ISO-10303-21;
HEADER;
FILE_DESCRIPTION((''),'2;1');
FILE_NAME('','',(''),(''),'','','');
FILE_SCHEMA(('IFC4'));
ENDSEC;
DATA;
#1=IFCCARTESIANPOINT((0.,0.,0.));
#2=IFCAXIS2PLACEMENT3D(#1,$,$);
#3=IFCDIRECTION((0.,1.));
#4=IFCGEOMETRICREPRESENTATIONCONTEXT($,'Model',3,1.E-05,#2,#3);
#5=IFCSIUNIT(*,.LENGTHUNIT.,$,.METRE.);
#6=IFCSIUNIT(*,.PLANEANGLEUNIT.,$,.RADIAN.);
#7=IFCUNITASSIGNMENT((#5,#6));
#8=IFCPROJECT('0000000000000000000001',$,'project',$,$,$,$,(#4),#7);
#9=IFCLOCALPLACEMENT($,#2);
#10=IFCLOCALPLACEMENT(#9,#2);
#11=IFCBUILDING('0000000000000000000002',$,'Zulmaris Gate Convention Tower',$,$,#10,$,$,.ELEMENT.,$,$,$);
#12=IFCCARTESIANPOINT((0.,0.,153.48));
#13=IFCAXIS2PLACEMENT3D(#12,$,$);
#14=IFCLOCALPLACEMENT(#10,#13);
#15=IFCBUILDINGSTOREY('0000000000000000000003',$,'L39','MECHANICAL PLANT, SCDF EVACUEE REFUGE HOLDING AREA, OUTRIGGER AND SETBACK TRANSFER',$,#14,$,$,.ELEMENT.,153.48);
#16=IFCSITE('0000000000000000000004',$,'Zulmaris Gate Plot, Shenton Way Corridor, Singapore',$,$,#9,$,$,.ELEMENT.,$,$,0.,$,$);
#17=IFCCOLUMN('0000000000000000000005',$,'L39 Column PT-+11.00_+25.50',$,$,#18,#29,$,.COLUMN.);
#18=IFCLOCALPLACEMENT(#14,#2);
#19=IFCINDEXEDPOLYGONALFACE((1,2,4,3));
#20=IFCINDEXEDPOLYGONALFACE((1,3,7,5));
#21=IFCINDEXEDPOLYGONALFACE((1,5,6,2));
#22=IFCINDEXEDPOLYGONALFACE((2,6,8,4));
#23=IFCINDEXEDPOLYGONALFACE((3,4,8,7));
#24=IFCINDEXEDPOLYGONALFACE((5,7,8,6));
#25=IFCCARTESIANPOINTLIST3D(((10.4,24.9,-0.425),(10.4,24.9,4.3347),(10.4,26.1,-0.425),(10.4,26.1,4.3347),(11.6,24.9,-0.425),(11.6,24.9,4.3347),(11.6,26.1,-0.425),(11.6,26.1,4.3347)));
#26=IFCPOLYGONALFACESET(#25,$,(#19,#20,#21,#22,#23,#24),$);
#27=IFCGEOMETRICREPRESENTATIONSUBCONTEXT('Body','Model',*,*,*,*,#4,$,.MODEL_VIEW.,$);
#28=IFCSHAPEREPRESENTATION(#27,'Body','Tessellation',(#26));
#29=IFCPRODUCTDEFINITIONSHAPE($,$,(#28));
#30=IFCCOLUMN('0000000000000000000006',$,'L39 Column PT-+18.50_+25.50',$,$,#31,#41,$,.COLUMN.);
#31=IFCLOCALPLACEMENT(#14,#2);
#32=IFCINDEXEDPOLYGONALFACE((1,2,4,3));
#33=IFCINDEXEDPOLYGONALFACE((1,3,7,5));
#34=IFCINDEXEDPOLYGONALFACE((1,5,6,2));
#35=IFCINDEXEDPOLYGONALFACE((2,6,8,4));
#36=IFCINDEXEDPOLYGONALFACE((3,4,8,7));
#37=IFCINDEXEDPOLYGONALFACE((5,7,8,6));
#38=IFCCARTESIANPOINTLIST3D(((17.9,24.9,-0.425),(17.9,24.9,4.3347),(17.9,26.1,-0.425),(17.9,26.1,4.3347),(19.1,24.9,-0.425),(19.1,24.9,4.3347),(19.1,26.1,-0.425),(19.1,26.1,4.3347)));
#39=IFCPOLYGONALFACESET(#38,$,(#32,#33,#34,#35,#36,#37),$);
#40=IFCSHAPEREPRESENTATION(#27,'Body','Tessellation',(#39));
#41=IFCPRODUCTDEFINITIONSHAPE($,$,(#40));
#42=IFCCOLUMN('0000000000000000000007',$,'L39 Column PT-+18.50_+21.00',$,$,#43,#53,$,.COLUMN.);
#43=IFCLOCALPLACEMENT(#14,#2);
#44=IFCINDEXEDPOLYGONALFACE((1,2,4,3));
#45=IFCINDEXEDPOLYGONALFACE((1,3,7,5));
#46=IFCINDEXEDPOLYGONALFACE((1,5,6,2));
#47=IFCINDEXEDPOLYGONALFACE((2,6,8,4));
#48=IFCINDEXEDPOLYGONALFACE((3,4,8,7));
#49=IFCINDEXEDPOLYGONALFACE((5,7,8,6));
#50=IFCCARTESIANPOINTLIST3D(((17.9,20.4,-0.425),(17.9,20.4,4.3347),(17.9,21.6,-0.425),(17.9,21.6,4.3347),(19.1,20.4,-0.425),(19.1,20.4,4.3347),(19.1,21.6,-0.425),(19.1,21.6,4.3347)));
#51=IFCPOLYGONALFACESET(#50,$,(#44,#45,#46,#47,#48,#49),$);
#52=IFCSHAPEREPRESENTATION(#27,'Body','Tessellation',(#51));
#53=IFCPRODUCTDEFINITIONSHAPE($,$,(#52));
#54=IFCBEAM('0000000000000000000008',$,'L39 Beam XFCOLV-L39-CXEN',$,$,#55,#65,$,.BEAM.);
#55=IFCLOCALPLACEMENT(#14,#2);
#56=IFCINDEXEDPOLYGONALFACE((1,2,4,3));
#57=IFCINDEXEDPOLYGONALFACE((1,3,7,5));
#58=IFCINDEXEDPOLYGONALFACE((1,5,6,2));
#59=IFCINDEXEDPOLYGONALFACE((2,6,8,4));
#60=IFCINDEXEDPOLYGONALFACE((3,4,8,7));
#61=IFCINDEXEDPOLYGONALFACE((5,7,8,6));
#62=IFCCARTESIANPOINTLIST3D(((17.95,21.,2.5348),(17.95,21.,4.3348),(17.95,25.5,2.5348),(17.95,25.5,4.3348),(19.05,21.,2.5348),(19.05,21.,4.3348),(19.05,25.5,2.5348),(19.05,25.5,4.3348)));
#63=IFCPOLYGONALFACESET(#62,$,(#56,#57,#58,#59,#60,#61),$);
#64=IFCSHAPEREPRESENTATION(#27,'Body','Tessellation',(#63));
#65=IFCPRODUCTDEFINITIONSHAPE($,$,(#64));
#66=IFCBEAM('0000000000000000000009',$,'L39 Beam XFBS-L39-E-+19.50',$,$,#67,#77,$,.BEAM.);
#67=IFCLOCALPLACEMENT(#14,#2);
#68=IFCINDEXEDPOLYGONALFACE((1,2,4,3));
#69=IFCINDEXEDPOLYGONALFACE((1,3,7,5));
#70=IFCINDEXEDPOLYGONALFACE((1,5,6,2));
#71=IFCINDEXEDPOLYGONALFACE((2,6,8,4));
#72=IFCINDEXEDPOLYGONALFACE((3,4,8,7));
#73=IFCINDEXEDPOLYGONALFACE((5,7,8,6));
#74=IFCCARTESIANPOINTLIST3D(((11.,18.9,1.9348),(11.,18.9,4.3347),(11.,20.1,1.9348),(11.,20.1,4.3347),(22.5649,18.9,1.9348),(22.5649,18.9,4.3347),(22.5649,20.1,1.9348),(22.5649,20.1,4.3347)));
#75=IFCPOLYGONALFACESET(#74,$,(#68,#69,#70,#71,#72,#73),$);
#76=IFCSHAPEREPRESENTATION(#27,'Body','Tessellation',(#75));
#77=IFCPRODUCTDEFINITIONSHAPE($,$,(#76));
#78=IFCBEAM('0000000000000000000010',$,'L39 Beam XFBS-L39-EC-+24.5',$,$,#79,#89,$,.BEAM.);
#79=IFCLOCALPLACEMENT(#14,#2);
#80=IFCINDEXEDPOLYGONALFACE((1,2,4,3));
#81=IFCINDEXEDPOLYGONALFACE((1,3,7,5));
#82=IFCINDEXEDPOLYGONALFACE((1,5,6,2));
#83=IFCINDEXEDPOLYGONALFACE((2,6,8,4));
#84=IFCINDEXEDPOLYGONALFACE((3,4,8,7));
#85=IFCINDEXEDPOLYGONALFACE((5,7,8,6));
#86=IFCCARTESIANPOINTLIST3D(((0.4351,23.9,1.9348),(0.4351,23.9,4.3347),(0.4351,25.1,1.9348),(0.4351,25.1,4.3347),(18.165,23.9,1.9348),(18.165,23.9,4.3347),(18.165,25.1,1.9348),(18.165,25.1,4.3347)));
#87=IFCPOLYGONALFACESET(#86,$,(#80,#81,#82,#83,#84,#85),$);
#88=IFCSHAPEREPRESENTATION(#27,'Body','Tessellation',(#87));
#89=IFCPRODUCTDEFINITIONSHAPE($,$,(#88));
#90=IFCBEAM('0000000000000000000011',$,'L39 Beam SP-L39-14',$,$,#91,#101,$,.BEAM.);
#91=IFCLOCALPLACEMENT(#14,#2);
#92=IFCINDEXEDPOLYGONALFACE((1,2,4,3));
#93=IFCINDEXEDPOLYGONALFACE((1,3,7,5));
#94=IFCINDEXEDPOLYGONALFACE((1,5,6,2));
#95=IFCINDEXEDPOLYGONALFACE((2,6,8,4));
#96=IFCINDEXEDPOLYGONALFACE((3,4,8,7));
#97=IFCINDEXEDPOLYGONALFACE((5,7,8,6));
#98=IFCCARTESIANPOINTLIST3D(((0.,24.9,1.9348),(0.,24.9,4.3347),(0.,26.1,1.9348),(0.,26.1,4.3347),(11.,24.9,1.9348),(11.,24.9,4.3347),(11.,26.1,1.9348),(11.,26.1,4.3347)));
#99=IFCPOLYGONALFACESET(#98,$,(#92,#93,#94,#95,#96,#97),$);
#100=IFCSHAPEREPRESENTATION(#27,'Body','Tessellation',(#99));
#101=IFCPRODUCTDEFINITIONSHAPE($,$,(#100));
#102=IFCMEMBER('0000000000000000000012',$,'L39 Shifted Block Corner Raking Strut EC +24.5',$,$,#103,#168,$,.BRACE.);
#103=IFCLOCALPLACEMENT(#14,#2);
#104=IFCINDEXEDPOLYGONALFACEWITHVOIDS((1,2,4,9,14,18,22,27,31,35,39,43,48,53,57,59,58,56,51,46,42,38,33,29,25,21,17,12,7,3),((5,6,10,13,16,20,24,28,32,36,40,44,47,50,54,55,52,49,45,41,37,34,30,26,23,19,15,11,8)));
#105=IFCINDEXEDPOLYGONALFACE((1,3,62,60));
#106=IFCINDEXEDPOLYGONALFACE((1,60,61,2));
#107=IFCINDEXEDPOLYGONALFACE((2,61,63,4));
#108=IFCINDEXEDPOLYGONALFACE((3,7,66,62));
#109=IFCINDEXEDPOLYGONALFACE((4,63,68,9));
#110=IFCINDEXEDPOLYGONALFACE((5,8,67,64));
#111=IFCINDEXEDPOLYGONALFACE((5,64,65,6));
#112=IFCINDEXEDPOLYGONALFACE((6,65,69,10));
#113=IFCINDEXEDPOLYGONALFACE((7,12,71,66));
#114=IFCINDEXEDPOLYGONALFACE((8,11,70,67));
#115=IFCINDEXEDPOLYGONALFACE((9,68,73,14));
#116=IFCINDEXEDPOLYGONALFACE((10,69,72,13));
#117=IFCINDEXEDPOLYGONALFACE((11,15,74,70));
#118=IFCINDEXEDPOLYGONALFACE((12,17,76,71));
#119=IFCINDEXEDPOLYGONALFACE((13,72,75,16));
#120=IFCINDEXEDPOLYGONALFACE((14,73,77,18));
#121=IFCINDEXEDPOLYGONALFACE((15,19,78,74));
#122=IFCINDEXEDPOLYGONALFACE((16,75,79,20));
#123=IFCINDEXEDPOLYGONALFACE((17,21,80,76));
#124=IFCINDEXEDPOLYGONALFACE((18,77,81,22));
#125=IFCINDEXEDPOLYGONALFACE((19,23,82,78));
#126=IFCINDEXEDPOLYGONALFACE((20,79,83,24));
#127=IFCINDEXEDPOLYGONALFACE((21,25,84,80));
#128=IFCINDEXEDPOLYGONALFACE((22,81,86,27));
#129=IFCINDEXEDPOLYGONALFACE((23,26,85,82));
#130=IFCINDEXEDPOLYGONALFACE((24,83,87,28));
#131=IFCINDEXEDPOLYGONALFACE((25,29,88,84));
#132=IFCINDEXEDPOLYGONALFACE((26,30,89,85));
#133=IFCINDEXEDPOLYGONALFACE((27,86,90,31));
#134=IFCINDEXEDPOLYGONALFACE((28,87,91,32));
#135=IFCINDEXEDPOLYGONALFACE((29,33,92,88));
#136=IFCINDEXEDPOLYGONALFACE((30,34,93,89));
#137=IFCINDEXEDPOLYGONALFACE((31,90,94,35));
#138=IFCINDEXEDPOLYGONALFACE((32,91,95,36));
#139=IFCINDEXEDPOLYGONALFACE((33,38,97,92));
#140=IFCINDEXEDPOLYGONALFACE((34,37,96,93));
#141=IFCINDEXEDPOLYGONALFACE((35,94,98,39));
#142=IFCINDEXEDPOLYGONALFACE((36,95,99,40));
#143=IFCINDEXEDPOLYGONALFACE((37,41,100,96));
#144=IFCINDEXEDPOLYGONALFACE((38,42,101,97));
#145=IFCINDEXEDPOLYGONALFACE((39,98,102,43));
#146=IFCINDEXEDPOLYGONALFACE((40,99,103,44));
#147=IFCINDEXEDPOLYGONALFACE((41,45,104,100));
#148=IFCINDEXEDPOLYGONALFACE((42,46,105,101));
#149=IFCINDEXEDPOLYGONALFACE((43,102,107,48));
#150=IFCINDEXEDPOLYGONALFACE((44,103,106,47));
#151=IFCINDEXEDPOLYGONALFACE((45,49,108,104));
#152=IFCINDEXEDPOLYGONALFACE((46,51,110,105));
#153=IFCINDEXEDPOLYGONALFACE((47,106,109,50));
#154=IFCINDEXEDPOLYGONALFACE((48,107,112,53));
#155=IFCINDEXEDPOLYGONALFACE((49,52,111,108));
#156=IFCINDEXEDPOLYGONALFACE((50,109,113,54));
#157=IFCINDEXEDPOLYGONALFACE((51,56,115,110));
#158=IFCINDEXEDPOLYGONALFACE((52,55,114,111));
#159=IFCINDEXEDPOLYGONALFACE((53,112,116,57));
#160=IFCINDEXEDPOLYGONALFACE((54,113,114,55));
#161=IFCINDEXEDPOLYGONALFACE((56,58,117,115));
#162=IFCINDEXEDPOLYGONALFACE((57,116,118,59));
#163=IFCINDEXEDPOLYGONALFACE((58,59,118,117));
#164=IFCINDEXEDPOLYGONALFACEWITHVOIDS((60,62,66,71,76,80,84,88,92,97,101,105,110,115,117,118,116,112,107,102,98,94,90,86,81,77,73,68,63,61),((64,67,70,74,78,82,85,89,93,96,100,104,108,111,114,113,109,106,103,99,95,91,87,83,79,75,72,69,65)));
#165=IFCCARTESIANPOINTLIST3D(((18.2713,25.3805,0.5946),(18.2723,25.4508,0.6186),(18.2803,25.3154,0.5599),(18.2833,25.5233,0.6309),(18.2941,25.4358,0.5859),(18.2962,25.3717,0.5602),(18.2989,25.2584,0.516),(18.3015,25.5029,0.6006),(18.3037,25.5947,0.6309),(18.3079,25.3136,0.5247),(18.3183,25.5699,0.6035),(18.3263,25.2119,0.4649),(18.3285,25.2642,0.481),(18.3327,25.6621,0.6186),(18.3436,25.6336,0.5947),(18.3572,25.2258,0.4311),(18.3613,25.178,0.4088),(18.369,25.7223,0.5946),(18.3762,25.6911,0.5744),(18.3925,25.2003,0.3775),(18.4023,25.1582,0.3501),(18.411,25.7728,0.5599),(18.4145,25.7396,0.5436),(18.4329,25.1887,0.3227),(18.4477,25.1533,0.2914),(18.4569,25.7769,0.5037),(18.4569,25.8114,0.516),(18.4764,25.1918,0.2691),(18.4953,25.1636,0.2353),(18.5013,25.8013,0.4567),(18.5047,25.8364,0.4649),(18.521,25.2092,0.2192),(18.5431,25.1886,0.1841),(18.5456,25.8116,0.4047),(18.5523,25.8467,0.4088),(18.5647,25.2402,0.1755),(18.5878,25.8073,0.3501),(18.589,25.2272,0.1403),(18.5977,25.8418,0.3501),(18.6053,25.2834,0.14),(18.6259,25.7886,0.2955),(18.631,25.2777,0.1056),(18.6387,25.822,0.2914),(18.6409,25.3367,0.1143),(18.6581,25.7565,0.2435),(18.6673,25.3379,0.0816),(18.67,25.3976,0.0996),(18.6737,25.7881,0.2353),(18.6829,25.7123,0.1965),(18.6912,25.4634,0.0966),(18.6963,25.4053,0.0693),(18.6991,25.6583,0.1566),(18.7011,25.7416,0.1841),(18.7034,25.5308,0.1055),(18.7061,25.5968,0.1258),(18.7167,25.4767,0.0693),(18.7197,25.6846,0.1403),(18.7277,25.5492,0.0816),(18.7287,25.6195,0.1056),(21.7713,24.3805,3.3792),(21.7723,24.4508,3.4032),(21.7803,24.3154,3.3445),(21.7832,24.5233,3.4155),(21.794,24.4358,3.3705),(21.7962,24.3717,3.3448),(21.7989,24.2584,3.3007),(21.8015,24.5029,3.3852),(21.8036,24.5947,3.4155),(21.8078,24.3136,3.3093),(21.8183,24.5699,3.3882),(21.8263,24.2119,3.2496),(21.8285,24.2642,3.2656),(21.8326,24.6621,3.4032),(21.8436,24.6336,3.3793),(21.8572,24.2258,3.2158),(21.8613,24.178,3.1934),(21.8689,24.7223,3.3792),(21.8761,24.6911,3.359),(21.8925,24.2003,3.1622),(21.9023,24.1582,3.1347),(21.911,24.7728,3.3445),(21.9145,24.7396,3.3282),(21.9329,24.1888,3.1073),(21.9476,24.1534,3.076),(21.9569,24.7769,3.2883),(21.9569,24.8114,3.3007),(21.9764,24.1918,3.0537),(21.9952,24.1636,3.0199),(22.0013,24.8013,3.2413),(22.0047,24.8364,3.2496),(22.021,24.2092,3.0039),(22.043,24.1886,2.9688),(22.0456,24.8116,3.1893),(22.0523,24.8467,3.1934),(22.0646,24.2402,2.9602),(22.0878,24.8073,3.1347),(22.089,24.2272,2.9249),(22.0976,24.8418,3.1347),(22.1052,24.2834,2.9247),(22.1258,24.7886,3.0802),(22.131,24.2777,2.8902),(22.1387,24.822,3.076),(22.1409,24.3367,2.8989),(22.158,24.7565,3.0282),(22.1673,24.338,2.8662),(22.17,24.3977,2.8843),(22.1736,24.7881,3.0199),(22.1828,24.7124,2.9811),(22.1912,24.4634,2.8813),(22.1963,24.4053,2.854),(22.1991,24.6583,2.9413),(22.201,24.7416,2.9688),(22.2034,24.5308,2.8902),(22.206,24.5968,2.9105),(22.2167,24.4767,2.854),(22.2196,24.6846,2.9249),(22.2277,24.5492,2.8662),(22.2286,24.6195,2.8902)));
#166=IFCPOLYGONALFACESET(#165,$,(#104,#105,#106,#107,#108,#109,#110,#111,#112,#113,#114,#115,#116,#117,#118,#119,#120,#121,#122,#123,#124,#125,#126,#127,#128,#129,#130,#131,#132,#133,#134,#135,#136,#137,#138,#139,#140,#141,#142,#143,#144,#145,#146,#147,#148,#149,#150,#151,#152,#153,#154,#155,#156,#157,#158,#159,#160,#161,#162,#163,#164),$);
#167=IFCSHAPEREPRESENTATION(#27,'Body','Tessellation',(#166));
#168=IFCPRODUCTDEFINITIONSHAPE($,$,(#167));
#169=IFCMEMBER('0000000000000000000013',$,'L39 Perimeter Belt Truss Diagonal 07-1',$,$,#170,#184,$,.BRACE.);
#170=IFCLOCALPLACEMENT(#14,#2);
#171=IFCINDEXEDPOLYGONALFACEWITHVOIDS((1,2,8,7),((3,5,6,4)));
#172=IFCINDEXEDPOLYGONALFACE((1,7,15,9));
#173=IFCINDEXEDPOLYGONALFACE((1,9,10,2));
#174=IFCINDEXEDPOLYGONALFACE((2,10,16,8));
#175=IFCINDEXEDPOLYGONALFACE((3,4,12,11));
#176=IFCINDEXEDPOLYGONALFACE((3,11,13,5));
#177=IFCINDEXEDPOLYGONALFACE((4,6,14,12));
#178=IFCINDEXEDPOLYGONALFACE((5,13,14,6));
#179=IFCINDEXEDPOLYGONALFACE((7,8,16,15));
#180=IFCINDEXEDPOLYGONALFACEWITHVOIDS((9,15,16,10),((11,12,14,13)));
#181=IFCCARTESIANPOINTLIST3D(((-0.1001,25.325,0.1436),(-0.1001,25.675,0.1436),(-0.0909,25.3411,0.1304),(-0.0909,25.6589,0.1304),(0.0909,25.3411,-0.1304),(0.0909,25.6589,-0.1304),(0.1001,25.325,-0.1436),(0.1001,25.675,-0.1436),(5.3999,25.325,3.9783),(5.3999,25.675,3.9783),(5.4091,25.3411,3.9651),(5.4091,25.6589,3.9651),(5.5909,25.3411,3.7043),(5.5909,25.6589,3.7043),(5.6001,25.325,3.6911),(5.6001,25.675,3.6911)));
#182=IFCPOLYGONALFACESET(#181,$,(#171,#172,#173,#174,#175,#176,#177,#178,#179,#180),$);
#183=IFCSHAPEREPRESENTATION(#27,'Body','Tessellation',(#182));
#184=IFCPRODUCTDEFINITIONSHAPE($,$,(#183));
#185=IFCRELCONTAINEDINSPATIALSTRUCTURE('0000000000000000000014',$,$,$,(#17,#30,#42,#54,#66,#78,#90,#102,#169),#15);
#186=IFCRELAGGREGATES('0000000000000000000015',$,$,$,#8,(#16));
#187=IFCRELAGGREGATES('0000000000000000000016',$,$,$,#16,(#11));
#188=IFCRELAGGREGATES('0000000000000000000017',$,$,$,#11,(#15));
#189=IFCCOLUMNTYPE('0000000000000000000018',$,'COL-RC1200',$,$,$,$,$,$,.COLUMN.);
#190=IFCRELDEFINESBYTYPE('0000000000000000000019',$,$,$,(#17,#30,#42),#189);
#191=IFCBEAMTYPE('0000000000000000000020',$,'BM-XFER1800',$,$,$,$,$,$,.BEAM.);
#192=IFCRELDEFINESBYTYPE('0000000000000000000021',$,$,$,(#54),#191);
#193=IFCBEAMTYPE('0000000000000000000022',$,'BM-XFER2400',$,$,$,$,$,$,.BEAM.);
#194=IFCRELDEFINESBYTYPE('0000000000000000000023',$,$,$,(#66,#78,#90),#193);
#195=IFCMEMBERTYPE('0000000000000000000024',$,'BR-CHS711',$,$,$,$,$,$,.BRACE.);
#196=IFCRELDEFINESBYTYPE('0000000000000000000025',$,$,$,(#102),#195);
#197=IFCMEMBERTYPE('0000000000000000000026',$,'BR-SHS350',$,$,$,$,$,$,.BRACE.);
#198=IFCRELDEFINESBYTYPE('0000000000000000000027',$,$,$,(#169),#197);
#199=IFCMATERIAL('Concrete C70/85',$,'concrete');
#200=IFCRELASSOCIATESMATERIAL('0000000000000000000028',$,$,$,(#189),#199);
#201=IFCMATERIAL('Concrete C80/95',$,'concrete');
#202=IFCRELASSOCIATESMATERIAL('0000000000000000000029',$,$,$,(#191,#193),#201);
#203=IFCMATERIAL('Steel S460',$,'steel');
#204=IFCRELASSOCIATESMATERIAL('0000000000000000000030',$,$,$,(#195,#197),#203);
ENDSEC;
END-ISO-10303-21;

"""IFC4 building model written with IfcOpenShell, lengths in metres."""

from ifc_helpers import new_model, si_unit, direction, frame, origin, origin_2d, place, context, subcontext, project, spatial, rectangle, hollow_rectangle, hollow_circle, extrude, material, material_profile, profile_set, type_object, element, save


model = new_model("IFC4")

# Units and contexts
model_context = context("Model", 3, precision=1e-05, world=origin(), true_north=direction((0.0, 1.0)))
body_context = subcontext(model_context, "Body", "Model", "MODEL_VIEW")
ifc_project = project(units=[si_unit("LENGTHUNIT", "METRE"), si_unit("PLANEANGLEUNIT", "RADIAN")], contexts=[model_context])

# Site, building, storey
site_placement = place(None, origin())
site = spatial("IfcSite", under=ifc_project, at=site_placement, Name="Zulmaris Gate Plot, Shenton Way Corridor, Singapore", CompositionType="ELEMENT", RefElevation=0.0)
building_placement = place(site_placement, origin())
building = spatial("IfcBuilding", under=site, at=building_placement, Name="Zulmaris Gate Convention Tower", CompositionType="ELEMENT")
storey_placement = place(building_placement, frame((0.0, 0.0, 153.48)))
storey = spatial("IfcBuildingStorey", under=building, at=storey_placement, Name="L39", Description="MECHANICAL PLANT, SCDF EVACUEE REFUGE HOLDING AREA, OUTRIGGER AND SETBACK TRANSFER", CompositionType="ELEMENT", Elevation=153.48)

# Columns
ifc_material_1 = material(Name="Concrete C70/85", Category="concrete")
ifc_material_profile_1 = material_profile(ifc_material_1, rectangle(XDim=1.2, YDim=1.2, at=origin_2d()), Name="RC COL 1200x1200")
ifc_profile_set_1 = profile_set([ifc_material_profile_1], Name="Concrete C70/85")
column_type = type_object("IfcColumnType", Name="COL-RC1200", PredefinedType="COLUMN", material=ifc_profile_set_1)
for number, where, z_axis, x_axis, name in (
    (1, (11.0, 25.5, -0.425), (0.0, 0.0, 1.0), (1.0, 0.0, 0.0), "L39 Column PT-+11.00_+25.50"),
    (2, (18.5, 25.5, -0.425), (0.0, 0.0, 1.0), (1.0, 0.0, 0.0), "L39 Column PT-+18.50_+25.50"),
    (3, (18.5, 21.0, -0.425), (0.0, 0.0, 1.0), (1.0, 0.0, 0.0), "L39 Column PT-+18.50_+21.00"),
):
    element("IfcColumn", number, at=place(storey_placement, frame(where, z_axis=z_axis, x_axis=x_axis)), inside=storey, type_object=column_type, Name=name, PredefinedType="COLUMN", context=body_context, shape_type="SweptSolid", body=[
        extrude(rectangle(XDim=1.2, YDim=1.2, at=origin_2d()), origin(), (0.0, 0.0, 1.0), 4.7598),
    ])

# Beams
ifc_material_2 = material(Name="Concrete C80/95", Category="concrete")
ifc_material_profile_2 = material_profile(ifc_material_2, rectangle(XDim=1.1001, YDim=1.8, at=origin_2d()), Name="RC TRANSFER 1100x1800")
ifc_profile_set_2 = profile_set([ifc_material_profile_2], Name="Concrete C80/95")
beam_type_1 = type_object("IfcBeamType", Name="BM-XFER1800", PredefinedType="BEAM", material=ifc_profile_set_2)
beam_1_placement = place(storey_placement, frame((18.5, 21.0, 3.4348), z_axis=(0.0, 1.0, 0.0), x_axis=(-1.0, 0.0, 0.0)))
element("IfcBeam", 4, at=beam_1_placement, inside=storey, type_object=beam_type_1, Name="L39 Beam XFCOLV-L39-CXEN", PredefinedType="BEAM", context=body_context, shape_type="SweptSolid", body=[
    extrude(rectangle(XDim=1.1001, YDim=1.8, at=origin_2d()), origin(), (0.0, 0.0, 1.0), 4.5),
])
ifc_material_profile_3 = material_profile(ifc_material_2, rectangle(XDim=1.2, YDim=2.3999, at=origin_2d()), Name="RC TRANSFER 1200x2400")
ifc_profile_set_3 = profile_set([ifc_material_profile_3], Name="Concrete C80/95")
beam_type_2 = type_object("IfcBeamType", Name="BM-XFER2400", PredefinedType="BEAM", material=ifc_profile_set_3)
beam_2_placement = place(storey_placement, frame((11.0, 19.5, 3.1348), z_axis=(1.0, 0.0, 0.0), x_axis=(0.0, 1.0, 0.0)))
element("IfcBeam", 5, at=beam_2_placement, inside=storey, type_object=beam_type_2, Name="L39 Beam XFBS-L39-E-+19.50", PredefinedType="BEAM", context=body_context, shape_type="SweptSolid", body=[
    extrude(rectangle(XDim=1.2, YDim=2.3999, at=origin_2d()), origin(), (0.0, 0.0, 1.0), 11.5649),
])
beam_3_placement = place(storey_placement, frame((0.4351, 24.5, 3.1348), z_axis=(1.0, 0.0, 0.0), x_axis=(0.0, 1.0, 0.0)))
element("IfcBeam", 6, at=beam_3_placement, inside=storey, type_object=beam_type_2, Name="L39 Beam XFBS-L39-EC-+24.5", PredefinedType="BEAM", context=body_context, shape_type="SweptSolid", body=[
    extrude(rectangle(XDim=1.2, YDim=2.3999, at=origin_2d()), origin(), (0.0, 0.0, 1.0), 17.73),
])
beam_4_placement = place(storey_placement, frame((11.0, 25.5, 3.1348), z_axis=(-1.0, 0.0, 0.0), x_axis=(0.0, -1.0, 0.0)))
element("IfcBeam", 7, at=beam_4_placement, inside=storey, type_object=beam_type_2, Name="L39 Beam SP-L39-14", PredefinedType="BEAM", context=body_context, shape_type="SweptSolid", body=[
    extrude(rectangle(XDim=1.2, YDim=2.3999, at=origin_2d()), origin(), (0.0, 0.0, 1.0), 11.0),
])

# Members
ifc_material_3 = material(Name="Steel S460", Category="steel")
ifc_material_profile_4 = material_profile(ifc_material_3, hollow_circle(Radius=0.3555, WallThickness=0.0359, at=origin_2d()), Name="CHS 711x36")
ifc_profile_set_4 = profile_set([ifc_material_profile_4], Name="Steel S460")
member_type_1 = type_object("IfcMemberType", Name="BR-CHS711", PredefinedType="BRACE", material=ifc_profile_set_4)
member_placement = place(storey_placement, frame((18.5, 25.5, 0.3501), z_axis=(0.763683, -0.218195, 0.607601), x_axis=(0.274721, 0.961524, 0.0)))
element("IfcMember", 8, at=member_placement, inside=storey, type_object=member_type_1, Name="L39 Shifted Block Corner Raking Strut EC +24.5", PredefinedType="BRACE", context=body_context, shape_type="SweptSolid", body=[
    extrude(hollow_circle(Radius=0.3555, WallThickness=0.0359, at=origin_2d()), origin(), (0.0, 0.0, 1.0), 4.583),
])
ifc_material_profile_5 = material_profile(ifc_material_3, hollow_rectangle(XDim=0.3501, YDim=0.3501, WallThickness=0.0161, at=origin_2d()), Name="SHS 350x350x16")
ifc_profile_set_5 = profile_set([ifc_material_profile_5], Name="Steel S460")
member_type_2 = type_object("IfcMemberType", Name="BR-SHS350", PredefinedType="BRACE", material=ifc_profile_set_5)
for number, where, z_axis, x_axis, name in (
    (9, (0.0, 25.5, 0.0), (0.820301, 0.0, 0.571932), (0.0, 1.0, 0.0), "L39 Perimeter Belt Truss Diagonal 07-1"),
):
    element("IfcMember", number, at=place(storey_placement, frame(where, z_axis=z_axis, x_axis=x_axis)), inside=storey, type_object=member_type_2, Name=name, PredefinedType="BRACE", context=body_context, shape_type="SweptSolid", body=[
        extrude(hollow_rectangle(XDim=0.3501, YDim=0.3501, WallThickness=0.0161, at=origin_2d()), origin(), (0.0, 0.0, 1.0), 6.7048),
    ])

save(model, "model.ifc")
